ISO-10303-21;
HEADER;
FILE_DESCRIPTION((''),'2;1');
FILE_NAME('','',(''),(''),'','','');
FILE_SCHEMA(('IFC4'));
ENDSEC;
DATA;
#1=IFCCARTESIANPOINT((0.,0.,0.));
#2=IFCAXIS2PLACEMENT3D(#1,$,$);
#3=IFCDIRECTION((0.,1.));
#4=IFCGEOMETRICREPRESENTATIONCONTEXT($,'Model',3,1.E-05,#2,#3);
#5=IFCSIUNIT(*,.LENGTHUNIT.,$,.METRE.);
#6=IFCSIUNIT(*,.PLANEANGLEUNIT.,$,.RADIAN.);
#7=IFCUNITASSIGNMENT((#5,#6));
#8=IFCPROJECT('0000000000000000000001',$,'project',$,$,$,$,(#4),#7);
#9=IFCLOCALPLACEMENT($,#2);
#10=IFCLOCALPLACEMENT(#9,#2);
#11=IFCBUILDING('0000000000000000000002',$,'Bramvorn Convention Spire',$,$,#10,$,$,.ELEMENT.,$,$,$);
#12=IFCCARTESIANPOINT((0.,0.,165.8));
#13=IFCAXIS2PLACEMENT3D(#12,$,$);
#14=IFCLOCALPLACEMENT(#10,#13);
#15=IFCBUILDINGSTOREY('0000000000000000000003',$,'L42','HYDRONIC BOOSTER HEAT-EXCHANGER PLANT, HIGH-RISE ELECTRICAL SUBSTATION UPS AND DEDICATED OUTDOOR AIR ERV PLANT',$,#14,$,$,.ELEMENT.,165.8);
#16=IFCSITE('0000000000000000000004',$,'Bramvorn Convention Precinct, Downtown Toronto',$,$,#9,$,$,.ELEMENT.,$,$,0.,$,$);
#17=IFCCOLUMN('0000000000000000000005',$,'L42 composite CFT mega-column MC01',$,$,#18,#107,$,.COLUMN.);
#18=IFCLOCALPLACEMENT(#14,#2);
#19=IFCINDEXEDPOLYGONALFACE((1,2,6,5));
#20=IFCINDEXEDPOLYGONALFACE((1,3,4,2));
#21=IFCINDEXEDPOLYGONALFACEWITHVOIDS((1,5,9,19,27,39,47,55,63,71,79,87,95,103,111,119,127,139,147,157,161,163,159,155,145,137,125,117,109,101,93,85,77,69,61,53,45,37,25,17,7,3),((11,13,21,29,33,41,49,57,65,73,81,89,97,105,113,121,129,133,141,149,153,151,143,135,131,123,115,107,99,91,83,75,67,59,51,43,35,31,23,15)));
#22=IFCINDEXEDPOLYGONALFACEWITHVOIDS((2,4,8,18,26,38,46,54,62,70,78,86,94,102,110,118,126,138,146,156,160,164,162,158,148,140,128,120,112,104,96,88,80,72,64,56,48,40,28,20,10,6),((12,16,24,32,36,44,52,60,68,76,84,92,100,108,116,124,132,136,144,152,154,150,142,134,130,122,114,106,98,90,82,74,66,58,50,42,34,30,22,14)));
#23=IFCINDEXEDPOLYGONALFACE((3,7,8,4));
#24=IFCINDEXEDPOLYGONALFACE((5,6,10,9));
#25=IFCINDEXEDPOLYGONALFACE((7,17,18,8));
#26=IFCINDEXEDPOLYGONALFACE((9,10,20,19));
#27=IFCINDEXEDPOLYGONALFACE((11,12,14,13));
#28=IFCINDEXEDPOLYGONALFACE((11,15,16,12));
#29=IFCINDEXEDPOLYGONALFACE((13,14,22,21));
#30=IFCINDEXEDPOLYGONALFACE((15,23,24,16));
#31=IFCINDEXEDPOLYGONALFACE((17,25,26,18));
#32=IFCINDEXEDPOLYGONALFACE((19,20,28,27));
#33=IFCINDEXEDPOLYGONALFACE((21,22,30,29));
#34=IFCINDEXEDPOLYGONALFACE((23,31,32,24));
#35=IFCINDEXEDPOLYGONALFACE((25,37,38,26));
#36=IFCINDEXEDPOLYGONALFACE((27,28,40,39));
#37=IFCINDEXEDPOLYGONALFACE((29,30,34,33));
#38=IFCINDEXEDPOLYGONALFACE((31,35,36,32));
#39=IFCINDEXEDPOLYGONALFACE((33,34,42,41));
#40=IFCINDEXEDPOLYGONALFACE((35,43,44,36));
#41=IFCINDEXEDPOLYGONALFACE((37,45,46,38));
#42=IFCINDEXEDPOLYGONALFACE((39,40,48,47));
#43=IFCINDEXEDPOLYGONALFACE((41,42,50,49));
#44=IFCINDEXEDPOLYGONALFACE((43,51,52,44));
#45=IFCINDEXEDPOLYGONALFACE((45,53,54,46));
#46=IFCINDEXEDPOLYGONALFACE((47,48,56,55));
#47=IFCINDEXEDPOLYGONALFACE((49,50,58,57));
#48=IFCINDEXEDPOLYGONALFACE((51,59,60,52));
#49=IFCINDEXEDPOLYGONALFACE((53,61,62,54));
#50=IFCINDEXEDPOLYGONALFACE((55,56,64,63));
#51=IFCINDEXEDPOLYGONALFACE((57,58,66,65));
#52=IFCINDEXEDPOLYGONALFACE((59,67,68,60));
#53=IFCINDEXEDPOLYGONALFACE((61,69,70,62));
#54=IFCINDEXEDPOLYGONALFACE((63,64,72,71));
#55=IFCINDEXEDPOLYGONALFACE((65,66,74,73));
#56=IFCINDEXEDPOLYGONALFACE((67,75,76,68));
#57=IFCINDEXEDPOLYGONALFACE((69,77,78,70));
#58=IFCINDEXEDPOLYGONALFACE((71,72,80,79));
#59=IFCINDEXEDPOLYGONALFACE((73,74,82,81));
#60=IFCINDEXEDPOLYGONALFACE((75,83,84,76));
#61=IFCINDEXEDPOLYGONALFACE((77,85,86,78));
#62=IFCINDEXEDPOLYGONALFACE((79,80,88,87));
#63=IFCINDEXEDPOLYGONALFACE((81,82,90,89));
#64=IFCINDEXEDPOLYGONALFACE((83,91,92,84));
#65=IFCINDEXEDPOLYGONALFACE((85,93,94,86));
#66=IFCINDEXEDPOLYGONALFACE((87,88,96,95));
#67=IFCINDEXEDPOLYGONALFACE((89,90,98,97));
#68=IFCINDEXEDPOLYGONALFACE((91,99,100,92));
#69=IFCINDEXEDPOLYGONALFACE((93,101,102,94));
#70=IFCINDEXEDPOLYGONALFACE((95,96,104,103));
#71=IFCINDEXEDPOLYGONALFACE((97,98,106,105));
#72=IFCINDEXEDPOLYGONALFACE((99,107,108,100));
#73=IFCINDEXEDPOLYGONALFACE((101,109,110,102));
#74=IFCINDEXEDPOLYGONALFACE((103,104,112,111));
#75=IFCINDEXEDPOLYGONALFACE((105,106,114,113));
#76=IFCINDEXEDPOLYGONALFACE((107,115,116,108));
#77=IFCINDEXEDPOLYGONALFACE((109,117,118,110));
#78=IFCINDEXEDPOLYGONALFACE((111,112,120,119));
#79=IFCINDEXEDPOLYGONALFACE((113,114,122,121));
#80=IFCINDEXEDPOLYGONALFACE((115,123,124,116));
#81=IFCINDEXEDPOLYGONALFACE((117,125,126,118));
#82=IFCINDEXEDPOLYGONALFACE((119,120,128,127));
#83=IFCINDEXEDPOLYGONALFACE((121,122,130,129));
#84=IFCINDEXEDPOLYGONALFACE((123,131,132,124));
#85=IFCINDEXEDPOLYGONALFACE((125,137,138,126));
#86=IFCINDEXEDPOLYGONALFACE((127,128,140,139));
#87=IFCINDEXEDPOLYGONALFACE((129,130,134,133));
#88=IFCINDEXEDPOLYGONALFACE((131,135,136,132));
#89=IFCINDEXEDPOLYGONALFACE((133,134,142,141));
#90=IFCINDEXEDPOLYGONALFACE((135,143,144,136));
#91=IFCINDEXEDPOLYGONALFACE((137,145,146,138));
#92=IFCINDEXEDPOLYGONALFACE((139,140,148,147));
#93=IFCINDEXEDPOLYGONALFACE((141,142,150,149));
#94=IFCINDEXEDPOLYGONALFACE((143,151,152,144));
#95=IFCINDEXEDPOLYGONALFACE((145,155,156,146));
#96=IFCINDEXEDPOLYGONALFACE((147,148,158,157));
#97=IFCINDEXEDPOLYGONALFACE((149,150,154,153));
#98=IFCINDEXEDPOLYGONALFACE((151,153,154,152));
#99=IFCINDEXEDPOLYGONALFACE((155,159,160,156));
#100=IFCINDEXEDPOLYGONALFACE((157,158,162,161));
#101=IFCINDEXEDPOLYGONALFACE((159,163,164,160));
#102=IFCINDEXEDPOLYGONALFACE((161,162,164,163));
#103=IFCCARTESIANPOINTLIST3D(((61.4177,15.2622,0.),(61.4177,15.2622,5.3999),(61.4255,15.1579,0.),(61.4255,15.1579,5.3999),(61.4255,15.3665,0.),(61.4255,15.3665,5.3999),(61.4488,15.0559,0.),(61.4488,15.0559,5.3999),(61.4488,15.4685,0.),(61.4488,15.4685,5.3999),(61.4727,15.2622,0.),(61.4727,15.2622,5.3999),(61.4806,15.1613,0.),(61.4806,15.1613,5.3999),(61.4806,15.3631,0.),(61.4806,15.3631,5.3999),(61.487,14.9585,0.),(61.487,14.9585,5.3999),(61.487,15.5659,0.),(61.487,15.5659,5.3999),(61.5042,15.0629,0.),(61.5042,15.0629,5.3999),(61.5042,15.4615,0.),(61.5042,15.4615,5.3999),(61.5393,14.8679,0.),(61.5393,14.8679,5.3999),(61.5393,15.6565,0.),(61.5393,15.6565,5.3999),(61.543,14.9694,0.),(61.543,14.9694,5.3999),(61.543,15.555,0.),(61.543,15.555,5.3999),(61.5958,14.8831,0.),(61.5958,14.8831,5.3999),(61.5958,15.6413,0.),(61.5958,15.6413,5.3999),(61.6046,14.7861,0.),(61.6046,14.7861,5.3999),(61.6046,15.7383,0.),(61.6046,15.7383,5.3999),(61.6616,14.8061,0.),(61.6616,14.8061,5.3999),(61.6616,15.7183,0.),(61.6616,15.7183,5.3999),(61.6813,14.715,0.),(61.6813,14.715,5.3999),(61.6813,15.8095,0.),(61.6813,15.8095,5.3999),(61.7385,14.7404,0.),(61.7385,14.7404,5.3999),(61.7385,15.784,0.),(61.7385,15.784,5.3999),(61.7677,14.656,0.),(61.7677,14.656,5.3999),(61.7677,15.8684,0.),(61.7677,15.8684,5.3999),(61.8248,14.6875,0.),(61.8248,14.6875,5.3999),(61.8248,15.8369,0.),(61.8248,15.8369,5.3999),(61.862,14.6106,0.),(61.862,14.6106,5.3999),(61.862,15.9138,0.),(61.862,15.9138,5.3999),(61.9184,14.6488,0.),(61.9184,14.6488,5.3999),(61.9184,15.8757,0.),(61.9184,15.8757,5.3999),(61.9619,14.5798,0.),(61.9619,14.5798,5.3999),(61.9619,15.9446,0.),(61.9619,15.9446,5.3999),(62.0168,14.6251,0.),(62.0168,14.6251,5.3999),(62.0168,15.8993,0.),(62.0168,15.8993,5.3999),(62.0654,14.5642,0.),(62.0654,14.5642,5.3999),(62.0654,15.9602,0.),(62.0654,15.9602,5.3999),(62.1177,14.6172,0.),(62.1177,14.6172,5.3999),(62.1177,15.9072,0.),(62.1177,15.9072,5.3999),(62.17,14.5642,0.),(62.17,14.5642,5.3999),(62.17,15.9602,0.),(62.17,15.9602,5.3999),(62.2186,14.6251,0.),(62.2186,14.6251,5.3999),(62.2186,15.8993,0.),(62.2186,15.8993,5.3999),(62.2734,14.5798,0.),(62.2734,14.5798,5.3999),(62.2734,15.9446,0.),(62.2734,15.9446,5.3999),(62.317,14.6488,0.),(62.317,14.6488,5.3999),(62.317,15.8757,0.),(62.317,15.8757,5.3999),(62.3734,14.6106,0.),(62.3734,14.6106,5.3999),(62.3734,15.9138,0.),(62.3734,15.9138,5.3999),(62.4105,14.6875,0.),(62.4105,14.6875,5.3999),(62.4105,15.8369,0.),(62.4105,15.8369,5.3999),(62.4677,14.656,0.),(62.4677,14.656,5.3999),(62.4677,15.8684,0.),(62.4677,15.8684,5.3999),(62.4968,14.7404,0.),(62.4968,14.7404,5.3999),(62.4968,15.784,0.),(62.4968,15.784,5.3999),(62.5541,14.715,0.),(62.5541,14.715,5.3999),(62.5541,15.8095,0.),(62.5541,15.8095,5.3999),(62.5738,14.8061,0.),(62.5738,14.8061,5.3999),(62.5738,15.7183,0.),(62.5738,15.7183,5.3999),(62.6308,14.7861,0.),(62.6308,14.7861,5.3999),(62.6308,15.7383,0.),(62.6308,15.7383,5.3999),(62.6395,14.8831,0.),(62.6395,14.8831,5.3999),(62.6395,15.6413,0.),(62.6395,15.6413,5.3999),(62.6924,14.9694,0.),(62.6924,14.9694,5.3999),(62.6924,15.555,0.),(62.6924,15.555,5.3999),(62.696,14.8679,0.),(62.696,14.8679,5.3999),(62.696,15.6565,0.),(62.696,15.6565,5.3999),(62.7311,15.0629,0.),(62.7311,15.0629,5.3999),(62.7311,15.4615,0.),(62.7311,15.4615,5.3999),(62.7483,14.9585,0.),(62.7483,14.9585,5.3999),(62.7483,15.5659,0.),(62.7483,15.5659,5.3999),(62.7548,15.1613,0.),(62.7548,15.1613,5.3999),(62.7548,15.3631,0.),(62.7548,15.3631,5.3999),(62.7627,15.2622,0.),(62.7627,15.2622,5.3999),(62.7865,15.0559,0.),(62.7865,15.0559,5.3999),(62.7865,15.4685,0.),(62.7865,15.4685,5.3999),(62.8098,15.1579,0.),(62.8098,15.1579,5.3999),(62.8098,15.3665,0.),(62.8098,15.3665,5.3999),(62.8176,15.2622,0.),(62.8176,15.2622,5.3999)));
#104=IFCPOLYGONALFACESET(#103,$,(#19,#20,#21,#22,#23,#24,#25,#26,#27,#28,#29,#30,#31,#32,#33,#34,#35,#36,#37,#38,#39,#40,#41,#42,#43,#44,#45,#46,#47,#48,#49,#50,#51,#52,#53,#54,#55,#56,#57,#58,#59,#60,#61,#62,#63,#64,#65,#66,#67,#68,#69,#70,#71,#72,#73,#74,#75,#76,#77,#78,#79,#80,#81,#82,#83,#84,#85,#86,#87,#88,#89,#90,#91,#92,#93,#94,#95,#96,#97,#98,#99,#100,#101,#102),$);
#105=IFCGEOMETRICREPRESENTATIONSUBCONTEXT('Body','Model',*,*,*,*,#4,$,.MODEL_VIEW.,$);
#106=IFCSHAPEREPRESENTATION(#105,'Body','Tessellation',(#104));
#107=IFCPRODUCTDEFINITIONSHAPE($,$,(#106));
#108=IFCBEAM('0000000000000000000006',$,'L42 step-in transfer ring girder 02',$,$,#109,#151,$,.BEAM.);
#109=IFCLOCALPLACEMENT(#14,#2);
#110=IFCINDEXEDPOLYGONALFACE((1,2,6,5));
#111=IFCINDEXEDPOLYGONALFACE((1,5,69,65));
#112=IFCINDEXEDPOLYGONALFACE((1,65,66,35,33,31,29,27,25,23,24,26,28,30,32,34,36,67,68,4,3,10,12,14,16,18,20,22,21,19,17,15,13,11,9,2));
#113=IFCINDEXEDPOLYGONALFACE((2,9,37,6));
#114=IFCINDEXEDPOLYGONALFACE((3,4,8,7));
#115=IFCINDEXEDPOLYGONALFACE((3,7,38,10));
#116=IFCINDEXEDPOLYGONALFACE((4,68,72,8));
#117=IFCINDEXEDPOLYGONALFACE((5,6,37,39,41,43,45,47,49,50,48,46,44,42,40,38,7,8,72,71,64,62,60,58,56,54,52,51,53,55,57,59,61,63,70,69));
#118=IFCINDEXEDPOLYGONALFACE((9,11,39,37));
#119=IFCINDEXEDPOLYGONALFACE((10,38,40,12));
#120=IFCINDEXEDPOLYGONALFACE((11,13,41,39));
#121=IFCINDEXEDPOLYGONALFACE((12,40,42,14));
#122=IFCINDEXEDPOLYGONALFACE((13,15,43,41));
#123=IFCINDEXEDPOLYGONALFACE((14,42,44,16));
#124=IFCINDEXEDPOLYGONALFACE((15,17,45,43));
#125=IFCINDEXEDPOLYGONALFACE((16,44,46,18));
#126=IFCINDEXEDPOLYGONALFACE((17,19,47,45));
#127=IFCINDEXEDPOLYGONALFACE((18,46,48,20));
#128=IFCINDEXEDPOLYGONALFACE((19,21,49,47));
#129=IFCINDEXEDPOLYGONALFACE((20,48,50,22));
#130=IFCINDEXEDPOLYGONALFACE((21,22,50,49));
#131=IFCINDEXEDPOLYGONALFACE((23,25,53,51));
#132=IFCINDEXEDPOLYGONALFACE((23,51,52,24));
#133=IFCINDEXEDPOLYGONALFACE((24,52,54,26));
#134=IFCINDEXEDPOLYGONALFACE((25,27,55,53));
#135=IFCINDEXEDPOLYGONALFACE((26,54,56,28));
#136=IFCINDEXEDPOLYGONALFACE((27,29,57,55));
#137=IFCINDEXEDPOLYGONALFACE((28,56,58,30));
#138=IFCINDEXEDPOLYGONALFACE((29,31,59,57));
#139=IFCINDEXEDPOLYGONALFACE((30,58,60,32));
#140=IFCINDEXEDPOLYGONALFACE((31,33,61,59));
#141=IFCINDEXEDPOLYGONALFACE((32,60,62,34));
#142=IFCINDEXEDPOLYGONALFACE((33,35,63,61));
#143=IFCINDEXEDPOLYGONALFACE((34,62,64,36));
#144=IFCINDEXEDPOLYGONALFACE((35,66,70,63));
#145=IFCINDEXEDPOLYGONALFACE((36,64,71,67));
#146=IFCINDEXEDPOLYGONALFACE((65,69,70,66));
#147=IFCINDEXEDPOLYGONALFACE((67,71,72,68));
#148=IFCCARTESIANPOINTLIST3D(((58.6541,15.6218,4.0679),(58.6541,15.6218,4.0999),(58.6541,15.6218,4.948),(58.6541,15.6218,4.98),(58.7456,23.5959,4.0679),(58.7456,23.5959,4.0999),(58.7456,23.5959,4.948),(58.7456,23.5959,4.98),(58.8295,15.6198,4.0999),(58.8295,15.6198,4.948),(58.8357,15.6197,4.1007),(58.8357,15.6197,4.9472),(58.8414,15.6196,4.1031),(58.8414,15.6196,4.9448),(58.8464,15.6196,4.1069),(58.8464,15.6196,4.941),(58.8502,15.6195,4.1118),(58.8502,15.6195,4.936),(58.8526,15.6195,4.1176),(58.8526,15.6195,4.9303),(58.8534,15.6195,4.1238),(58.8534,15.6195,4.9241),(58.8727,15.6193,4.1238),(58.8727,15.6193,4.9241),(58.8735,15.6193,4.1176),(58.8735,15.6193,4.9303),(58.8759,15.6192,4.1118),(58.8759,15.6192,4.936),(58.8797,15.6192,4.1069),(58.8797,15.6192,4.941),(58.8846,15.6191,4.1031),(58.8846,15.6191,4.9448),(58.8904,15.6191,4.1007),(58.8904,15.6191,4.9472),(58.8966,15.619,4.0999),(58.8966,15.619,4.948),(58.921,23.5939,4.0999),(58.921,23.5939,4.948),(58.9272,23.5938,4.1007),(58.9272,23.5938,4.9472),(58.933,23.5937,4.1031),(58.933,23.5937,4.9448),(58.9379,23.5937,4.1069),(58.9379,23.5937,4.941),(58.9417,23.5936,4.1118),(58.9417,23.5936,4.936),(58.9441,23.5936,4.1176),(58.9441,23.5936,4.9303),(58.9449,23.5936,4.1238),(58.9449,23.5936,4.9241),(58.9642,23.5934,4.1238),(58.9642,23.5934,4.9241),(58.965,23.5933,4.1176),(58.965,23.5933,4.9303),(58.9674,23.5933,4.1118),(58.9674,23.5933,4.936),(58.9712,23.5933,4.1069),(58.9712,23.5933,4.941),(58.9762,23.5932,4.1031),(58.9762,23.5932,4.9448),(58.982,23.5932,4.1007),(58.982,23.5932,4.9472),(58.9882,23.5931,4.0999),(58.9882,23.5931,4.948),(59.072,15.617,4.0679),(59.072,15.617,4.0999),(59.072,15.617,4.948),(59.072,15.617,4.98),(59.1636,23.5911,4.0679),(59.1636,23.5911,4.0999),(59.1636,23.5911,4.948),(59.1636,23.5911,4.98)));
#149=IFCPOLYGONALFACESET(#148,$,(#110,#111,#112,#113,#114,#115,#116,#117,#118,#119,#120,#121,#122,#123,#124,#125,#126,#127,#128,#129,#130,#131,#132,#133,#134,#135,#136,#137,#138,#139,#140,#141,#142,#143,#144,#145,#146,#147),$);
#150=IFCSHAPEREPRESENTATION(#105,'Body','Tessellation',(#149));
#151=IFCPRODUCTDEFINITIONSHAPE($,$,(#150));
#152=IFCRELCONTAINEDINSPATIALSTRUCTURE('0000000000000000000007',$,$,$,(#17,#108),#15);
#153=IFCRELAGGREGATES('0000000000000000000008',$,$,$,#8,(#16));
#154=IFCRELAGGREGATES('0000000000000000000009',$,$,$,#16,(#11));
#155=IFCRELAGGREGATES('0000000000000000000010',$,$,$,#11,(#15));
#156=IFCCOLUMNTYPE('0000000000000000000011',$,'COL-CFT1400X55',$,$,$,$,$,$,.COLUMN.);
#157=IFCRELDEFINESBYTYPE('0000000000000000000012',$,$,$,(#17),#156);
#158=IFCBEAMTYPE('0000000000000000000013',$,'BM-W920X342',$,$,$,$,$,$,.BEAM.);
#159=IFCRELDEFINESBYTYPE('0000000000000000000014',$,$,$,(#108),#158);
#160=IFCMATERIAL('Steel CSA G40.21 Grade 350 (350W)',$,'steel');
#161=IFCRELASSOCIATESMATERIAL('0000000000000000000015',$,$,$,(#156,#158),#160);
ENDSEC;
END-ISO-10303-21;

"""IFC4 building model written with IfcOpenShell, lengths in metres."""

from ifc_helpers import new_model, si_unit, direction, frame, origin, origin_2d, place, context, subcontext, project, spatial, hollow_circle, i_section, extrude, material, material_profile, profile_set, type_object, element, save


model = new_model("IFC4")

# Units and contexts
model_context = context("Model", 3, precision=1e-05, world=origin(), true_north=direction((0.0, 1.0)))
body_context = subcontext(model_context, "Body", "Model", "MODEL_VIEW")
ifc_project = project(units=[si_unit("LENGTHUNIT", "METRE"), si_unit("PLANEANGLEUNIT", "RADIAN")], contexts=[model_context])

# Site, building, storey
site_placement = place(None, origin())
site = spatial("IfcSite", under=ifc_project, at=site_placement, Name="Bramvorn Convention Precinct, Downtown Toronto", CompositionType="ELEMENT", RefElevation=0.0)
building_placement = place(site_placement, origin())
building = spatial("IfcBuilding", under=site, at=building_placement, Name="Bramvorn Convention Spire", CompositionType="ELEMENT")
storey_placement = place(building_placement, frame((0.0, 0.0, 165.8)))
storey = spatial("IfcBuildingStorey", under=building, at=storey_placement, Name="L42", Description="HYDRONIC BOOSTER HEAT-EXCHANGER PLANT, HIGH-RISE ELECTRICAL SUBSTATION UPS AND DEDICATED OUTDOOR AIR ERV PLANT", CompositionType="ELEMENT", Elevation=165.8)

# Column
ifc_material_1 = material(Name="Steel CSA G40.21 Grade 350 (350W)", Category="steel")
ifc_material_profile_1 = material_profile(ifc_material_1, hollow_circle(Radius=0.7, WallThickness=0.0549, at=origin_2d()))
ifc_profile_set_1 = profile_set([ifc_material_profile_1], Name="Steel CSA G40.21 Grade 350 (350W) - CFT1400X55")
column_type = type_object("IfcColumnType", Name="COL-CFT1400X55", PredefinedType="COLUMN", material=ifc_profile_set_1)
column_placement = place(storey_placement, frame((62.1177, 15.2622, 0.0), z_axis=(0.0, 0.0, 1.0), x_axis=(1.0, 0.0, 0.0)))
element("IfcColumn", 1, at=column_placement, inside=storey, type_object=column_type, Name="L42 composite CFT mega-column MC01", PredefinedType="COLUMN", context=body_context, shape_type="SweptSolid", body=[
    extrude(hollow_circle(Radius=0.7, WallThickness=0.0549, at=origin_2d()), origin(), (0.0, 0.0, 1.0), 5.3999),
])

# Beam
ifc_material_profile_2 = material_profile(ifc_material_1, i_section(OverallWidth=0.418, OverallDepth=0.9121, WebThickness=0.0193, FlangeThickness=0.032, FilletRadius=0.0239, at=origin_2d()))
ifc_profile_set_2 = profile_set([ifc_material_profile_2], Name="Steel CSA G40.21 Grade 350 (350W) - W920X342")
beam_type = type_object("IfcBeamType", Name="BM-W920X342", PredefinedType="BEAM", material=ifc_profile_set_2)
beam_placement = place(storey_placement, frame((58.863, 15.6194, 4.5239), z_axis=(0.01148, 0.999934, 0.0), x_axis=(-0.999934, 0.01148, 0.0)))
element("IfcBeam", 2, at=beam_placement, inside=storey, type_object=beam_type, Name="L42 step-in transfer ring girder 02", PredefinedType="BEAM", context=body_context, shape_type="SweptSolid", body=[
    extrude(i_section(OverallWidth=0.418, OverallDepth=0.9121, WebThickness=0.0193, FlangeThickness=0.032, FilletRadius=0.0239, at=origin_2d()), origin(), (0.0, 0.0, 1.0), 7.9746),
])

save(model, "model.ifc")
